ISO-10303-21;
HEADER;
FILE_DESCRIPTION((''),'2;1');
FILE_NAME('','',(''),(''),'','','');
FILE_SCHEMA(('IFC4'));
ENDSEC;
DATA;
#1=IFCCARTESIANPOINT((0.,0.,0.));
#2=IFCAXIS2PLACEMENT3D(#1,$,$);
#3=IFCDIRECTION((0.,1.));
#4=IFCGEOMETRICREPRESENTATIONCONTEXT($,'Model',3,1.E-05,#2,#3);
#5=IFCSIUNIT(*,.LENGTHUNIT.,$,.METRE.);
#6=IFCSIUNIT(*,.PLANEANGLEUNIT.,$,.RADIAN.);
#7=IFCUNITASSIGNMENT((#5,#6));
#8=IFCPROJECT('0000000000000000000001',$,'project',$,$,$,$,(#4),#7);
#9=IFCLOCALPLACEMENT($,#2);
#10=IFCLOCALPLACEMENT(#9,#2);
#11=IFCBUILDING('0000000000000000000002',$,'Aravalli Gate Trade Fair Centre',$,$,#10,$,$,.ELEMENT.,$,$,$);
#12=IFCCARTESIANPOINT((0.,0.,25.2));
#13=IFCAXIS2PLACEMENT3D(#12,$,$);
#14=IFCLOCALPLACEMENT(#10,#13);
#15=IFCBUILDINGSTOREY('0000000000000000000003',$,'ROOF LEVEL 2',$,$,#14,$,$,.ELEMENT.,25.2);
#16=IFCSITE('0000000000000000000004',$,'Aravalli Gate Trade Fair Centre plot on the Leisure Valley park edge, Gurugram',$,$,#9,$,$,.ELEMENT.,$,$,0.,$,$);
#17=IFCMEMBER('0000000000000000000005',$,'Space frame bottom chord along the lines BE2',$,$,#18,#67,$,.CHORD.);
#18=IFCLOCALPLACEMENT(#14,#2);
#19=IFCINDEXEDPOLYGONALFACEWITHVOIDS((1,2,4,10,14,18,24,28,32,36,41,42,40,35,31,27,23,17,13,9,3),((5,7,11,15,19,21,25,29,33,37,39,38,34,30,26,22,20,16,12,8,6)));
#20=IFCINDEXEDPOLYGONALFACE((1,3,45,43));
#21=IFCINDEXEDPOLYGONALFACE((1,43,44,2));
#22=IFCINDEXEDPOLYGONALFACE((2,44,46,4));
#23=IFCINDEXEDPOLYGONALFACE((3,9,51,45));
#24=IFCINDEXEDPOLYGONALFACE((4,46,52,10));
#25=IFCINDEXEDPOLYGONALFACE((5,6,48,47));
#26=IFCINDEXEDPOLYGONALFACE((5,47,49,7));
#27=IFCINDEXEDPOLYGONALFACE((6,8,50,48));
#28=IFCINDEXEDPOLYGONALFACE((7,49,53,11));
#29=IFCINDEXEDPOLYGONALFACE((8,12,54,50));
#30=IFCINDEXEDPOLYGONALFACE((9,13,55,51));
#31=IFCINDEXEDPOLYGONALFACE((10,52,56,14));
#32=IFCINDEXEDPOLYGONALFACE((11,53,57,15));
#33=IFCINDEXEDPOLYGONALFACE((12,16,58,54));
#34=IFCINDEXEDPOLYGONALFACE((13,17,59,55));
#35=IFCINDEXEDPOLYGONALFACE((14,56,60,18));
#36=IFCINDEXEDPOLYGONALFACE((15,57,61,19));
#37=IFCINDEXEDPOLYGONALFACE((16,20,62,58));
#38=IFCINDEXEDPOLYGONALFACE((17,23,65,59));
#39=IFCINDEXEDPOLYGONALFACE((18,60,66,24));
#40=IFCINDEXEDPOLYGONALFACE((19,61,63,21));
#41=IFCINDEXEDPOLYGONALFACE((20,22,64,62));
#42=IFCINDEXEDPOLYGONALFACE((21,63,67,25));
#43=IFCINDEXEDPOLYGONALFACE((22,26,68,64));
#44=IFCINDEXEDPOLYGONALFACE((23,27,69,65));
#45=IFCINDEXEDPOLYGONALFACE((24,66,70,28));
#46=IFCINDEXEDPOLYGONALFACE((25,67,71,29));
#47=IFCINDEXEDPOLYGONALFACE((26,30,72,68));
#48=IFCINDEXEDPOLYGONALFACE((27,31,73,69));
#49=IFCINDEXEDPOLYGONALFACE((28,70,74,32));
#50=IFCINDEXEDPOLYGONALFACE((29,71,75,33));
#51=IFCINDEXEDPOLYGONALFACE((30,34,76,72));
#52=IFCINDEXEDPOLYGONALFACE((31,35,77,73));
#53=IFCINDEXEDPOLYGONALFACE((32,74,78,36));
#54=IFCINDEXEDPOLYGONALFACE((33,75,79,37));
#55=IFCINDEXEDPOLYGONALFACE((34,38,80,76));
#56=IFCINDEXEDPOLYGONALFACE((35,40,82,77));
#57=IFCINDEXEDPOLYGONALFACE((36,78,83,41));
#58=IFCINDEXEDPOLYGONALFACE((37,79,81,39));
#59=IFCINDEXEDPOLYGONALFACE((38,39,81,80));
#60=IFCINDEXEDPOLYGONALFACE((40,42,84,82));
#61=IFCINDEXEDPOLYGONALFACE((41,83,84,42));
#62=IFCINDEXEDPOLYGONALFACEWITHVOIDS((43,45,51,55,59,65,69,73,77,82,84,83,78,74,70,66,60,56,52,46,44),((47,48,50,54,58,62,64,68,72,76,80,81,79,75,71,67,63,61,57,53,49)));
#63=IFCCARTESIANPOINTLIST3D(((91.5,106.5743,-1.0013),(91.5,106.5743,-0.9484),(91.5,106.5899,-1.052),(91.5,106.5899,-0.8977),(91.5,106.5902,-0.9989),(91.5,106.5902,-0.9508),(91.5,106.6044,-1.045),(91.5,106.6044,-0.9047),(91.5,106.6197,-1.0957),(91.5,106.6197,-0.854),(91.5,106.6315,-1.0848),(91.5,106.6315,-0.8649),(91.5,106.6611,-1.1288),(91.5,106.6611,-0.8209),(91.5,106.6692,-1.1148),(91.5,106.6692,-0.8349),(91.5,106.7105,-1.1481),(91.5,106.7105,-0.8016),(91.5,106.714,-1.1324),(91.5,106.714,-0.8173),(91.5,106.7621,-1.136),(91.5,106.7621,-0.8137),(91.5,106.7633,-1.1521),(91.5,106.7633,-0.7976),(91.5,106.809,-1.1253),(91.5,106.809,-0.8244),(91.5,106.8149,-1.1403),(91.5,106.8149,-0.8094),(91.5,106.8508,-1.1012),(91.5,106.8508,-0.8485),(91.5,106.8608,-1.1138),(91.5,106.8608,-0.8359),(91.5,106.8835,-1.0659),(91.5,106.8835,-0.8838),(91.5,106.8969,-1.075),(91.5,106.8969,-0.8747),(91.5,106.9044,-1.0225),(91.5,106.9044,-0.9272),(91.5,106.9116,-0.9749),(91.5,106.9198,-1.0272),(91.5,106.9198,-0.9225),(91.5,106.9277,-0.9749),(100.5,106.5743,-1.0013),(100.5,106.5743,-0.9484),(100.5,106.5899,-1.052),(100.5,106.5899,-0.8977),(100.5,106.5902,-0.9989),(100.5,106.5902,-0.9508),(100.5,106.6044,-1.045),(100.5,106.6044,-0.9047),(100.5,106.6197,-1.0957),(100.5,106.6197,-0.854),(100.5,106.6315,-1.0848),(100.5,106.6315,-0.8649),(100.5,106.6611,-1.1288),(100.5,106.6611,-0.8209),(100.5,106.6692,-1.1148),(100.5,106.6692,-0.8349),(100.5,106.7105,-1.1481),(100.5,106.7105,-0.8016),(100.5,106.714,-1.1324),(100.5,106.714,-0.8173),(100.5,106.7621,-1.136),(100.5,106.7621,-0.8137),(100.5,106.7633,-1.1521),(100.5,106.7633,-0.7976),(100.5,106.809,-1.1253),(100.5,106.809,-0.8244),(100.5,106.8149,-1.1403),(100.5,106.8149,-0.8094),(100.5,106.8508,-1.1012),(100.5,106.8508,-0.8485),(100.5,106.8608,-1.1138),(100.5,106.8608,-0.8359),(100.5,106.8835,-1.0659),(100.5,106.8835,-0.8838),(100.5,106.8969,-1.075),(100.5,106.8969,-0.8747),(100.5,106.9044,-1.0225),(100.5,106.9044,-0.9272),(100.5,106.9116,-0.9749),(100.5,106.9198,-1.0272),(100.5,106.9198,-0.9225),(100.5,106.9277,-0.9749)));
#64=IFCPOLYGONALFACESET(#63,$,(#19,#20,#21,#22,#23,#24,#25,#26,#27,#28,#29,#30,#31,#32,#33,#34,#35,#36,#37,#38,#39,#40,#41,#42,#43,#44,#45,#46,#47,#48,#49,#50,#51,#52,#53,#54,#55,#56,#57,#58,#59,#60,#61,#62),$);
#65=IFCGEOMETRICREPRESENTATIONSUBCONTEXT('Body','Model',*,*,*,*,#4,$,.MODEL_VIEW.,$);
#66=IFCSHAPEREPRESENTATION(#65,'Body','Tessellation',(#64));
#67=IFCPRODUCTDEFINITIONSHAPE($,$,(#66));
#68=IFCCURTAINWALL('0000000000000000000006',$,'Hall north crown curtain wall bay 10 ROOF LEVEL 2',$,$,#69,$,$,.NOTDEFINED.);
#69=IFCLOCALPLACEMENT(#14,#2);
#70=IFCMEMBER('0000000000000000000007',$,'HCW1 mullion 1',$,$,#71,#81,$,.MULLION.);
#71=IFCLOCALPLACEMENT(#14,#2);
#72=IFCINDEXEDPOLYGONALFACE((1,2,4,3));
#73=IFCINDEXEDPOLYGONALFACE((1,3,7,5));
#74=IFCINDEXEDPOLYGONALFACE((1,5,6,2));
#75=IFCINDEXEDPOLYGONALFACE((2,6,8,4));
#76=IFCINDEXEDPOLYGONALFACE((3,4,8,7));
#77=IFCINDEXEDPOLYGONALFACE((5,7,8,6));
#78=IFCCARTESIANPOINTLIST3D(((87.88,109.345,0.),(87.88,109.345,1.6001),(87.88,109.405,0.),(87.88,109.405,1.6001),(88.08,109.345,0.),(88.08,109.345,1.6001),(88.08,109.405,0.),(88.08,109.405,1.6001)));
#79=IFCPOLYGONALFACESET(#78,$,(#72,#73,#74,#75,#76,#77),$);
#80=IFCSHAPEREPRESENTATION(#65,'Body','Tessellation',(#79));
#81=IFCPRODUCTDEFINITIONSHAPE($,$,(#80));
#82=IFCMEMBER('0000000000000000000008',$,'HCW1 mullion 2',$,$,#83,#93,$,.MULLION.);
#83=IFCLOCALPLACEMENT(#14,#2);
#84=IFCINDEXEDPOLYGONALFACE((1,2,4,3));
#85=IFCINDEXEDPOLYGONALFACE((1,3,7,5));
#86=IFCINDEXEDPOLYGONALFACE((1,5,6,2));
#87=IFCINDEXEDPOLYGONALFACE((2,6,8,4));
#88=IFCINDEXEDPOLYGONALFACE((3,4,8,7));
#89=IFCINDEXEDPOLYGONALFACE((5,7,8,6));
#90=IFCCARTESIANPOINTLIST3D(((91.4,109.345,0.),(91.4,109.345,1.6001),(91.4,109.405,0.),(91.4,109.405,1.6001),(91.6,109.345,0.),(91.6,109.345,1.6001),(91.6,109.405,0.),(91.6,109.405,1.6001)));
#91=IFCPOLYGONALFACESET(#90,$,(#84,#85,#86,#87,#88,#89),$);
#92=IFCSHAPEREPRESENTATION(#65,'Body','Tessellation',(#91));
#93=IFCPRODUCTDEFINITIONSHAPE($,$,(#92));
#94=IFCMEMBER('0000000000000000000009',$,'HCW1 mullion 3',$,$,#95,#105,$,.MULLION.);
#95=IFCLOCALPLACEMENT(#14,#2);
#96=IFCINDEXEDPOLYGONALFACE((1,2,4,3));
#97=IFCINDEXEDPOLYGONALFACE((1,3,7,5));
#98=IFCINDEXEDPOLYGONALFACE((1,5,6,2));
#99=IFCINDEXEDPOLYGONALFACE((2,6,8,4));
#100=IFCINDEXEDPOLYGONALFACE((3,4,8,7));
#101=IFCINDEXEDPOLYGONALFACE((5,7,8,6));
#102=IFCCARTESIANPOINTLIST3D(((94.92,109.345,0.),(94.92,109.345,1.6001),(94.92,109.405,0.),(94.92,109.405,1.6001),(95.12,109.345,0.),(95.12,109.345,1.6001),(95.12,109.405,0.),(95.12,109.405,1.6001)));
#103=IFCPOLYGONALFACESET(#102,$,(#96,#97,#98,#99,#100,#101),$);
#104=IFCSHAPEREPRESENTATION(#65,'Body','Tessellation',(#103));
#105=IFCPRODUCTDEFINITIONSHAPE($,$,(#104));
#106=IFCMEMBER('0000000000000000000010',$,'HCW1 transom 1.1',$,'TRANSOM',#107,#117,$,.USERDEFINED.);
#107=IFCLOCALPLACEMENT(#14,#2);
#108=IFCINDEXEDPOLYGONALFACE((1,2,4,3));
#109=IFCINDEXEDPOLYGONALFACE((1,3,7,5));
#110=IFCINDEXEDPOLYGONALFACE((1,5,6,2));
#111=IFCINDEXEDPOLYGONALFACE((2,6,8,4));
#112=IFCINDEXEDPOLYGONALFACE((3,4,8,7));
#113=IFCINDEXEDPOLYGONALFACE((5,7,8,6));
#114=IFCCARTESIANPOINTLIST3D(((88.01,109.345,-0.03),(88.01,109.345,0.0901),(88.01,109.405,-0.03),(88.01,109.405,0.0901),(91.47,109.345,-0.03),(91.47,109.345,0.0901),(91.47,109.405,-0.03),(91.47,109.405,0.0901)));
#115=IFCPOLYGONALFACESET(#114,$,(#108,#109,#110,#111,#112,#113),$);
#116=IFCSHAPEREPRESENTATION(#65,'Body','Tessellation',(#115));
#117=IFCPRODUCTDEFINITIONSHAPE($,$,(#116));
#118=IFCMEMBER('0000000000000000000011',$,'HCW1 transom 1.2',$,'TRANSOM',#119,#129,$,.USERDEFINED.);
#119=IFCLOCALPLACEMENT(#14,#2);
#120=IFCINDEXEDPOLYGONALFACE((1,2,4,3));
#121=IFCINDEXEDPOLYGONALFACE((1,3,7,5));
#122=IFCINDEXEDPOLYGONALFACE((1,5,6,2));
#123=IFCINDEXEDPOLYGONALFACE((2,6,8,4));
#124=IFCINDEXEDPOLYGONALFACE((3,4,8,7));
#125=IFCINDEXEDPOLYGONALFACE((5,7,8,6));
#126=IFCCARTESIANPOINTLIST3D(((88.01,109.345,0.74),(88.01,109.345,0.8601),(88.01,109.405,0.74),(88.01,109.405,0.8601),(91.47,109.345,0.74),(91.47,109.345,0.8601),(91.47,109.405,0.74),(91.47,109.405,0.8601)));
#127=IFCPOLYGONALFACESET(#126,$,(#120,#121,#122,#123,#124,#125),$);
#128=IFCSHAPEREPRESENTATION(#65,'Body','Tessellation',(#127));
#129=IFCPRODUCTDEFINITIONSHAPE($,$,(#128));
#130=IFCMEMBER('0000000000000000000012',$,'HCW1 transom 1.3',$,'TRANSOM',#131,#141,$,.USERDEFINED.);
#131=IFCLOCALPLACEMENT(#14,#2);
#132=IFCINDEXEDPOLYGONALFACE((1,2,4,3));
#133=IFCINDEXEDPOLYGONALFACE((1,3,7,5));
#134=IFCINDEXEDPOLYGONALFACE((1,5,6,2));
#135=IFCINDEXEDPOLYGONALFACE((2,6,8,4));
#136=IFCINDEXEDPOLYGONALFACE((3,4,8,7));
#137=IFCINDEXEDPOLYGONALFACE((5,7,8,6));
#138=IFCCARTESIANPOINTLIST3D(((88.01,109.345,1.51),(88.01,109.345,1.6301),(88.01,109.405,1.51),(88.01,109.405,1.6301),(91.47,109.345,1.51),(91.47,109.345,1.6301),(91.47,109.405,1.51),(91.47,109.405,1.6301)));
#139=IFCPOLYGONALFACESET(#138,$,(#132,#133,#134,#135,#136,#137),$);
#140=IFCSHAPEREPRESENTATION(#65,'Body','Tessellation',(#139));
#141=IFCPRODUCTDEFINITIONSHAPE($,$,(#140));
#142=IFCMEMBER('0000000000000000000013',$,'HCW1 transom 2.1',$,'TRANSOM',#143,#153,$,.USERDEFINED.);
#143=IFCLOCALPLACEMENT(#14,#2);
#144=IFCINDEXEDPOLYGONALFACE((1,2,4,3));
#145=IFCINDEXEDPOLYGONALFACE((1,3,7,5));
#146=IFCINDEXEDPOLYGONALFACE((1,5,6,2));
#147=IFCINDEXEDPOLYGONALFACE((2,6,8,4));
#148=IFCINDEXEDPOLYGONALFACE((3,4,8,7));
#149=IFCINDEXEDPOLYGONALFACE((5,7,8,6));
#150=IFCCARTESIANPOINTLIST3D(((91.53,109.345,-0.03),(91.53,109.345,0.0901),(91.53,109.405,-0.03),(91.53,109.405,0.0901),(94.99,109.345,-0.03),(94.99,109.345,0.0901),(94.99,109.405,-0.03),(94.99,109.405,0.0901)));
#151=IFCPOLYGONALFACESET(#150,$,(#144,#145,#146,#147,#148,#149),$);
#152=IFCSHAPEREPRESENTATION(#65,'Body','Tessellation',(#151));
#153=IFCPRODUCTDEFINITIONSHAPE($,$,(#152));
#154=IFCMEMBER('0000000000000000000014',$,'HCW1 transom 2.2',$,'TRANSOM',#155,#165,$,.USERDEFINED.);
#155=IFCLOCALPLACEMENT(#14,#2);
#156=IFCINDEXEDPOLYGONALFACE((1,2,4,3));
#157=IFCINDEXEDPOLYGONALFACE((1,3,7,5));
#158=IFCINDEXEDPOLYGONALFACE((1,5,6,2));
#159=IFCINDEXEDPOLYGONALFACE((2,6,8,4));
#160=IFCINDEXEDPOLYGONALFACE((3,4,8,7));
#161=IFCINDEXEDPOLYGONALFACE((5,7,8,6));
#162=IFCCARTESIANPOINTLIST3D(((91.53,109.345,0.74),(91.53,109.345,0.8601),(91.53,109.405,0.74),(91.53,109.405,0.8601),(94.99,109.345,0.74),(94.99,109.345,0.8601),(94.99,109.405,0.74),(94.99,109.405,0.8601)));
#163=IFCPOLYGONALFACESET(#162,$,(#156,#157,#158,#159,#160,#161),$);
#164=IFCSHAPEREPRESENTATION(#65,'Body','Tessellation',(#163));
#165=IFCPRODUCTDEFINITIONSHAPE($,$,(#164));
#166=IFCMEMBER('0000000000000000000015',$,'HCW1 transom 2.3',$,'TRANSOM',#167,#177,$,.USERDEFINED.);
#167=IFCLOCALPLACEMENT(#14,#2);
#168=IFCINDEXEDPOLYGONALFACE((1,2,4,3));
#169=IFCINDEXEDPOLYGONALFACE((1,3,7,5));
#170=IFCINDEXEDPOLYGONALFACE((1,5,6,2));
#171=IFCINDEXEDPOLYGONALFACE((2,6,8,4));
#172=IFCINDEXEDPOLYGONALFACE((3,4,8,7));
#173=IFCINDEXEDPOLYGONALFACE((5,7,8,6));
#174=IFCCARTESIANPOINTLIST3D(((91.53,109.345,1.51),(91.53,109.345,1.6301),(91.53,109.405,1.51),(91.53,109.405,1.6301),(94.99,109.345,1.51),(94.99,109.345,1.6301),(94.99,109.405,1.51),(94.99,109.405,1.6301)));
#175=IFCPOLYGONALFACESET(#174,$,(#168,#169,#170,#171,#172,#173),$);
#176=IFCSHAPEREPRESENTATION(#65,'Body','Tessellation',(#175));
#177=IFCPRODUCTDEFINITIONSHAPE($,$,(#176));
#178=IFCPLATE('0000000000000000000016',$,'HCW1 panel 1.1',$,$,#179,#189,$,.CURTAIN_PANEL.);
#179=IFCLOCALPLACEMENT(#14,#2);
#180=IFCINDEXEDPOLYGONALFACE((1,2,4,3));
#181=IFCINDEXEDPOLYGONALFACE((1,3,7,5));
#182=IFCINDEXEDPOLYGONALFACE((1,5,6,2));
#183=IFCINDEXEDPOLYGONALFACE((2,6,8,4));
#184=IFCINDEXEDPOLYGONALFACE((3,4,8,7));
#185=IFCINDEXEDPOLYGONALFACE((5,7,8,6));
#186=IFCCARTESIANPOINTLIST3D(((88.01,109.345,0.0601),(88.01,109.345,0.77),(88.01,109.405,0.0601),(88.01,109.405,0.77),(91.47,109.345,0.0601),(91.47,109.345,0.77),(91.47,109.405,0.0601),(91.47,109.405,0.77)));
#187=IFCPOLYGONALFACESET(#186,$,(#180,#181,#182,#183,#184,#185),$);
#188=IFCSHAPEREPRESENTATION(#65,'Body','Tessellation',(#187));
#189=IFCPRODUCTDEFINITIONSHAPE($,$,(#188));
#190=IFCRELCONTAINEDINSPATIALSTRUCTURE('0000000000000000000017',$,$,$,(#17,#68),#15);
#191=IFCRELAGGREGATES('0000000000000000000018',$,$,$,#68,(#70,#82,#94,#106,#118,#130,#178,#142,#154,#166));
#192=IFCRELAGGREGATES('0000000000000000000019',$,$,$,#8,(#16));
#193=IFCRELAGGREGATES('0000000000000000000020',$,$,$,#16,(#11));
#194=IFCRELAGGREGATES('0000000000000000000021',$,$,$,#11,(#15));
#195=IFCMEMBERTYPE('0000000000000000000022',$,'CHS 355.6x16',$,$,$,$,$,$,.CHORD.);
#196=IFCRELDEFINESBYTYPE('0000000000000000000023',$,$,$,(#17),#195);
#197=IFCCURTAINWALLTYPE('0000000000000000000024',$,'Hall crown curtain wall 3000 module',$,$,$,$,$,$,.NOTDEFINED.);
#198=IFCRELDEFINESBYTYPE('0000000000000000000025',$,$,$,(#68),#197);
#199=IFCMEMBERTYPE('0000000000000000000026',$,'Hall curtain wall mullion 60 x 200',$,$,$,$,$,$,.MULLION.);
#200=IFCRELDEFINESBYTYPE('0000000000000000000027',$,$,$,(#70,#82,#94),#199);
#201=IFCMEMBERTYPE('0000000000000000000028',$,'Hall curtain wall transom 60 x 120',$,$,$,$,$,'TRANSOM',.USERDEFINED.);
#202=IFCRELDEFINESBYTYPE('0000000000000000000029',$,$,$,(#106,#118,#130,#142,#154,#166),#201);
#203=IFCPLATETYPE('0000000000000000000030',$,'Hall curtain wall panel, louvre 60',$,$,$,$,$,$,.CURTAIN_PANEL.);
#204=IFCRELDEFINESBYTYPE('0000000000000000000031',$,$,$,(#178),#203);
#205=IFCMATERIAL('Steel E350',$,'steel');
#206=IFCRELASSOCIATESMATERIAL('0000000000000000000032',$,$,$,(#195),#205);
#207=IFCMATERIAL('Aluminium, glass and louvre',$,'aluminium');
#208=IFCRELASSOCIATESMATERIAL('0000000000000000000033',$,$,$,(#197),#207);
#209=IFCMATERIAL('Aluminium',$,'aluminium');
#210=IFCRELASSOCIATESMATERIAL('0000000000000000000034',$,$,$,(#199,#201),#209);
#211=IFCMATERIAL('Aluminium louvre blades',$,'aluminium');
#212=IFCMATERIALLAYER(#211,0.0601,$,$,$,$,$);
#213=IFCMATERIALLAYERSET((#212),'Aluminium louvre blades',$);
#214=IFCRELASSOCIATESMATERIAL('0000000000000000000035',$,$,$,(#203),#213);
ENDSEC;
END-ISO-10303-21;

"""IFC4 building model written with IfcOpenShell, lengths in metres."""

from ifc_helpers import new_model, si_unit, direction, frame, origin, origin_2d, place, context, subcontext, project, spatial, rectangle, hollow_circle, extrude, material, layer, layer_set, material_profile, profile_set, type_object, element, aggregate, save


model = new_model("IFC4")

# Units and contexts
model_context = context("Model", 3, precision=1e-05, world=origin(), true_north=direction((0.0, 1.0)))
body_context = subcontext(model_context, "Body", "Model", "MODEL_VIEW")
ifc_project = project(units=[si_unit("LENGTHUNIT", "METRE"), si_unit("PLANEANGLEUNIT", "RADIAN")], contexts=[model_context])

# Site, building, storey
site_placement = place(None, origin())
site = spatial("IfcSite", under=ifc_project, at=site_placement, Name="Aravalli Gate Trade Fair Centre plot on the Leisure Valley park edge, Gurugram", CompositionType="ELEMENT", RefElevation=0.0)
building_placement = place(site_placement, origin())
building = spatial("IfcBuilding", under=site, at=building_placement, Name="Aravalli Gate Trade Fair Centre", CompositionType="ELEMENT")
storey_placement = place(building_placement, frame((0.0, 0.0, 25.2)))
storey = spatial("IfcBuildingStorey", under=building, at=storey_placement, Name="ROOF LEVEL 2", CompositionType="ELEMENT", Elevation=25.2)

# Member
ifc_material_1 = material(Name="Steel E350", Category="steel")
ifc_material_profile_1 = material_profile(ifc_material_1, hollow_circle(Radius=0.1777, WallThickness=0.0161, at=origin_2d()), Name="CHS 355.6x16")
ifc_profile_set_1 = profile_set([ifc_material_profile_1], Name="Steel E350")
member_type_1 = type_object("IfcMemberType", Name="CHS 355.6x16", PredefinedType="CHORD", material=ifc_profile_set_1)
member_1_placement = place(storey_placement, frame((91.5, 106.75, -0.9749), z_axis=(1.0, 0.0, 0.0), x_axis=(0.0, 1.0, 0.0)))
element("IfcMember", 1, at=member_1_placement, inside=storey, type_object=member_type_1, Name="Space frame bottom chord along the lines BE2", PredefinedType="CHORD", context=body_context, shape_type="SweptSolid", body=[
    extrude(hollow_circle(Radius=0.1777, WallThickness=0.0161, at=origin_2d()), origin(), (0.0, 0.0, 1.0), 9.0),
])

# Curtain wall, members, plate
ifc_material_2 = material(Name="Aluminium, glass and louvre", Category="aluminium")
curtain_wall_type = type_object("IfcCurtainWallType", Name="Hall crown curtain wall 3000 module", PredefinedType="NOTDEFINED", material=ifc_material_2)
curtain_wall_placement = place(storey_placement, origin())
curtain_wall = element("IfcCurtainWall", 2, at=curtain_wall_placement, inside=storey, type_object=curtain_wall_type, Name="Hall north crown curtain wall bay 10 ROOF LEVEL 2", PredefinedType="NOTDEFINED")
ifc_material_3 = material(Name="Aluminium", Category="aluminium")
ifc_material_profile_2 = material_profile(ifc_material_3, rectangle(XDim=0.0601, YDim=0.2, at=origin_2d()), Name="Hall curtain wall mullion 60 x 200")
ifc_profile_set_2 = profile_set([ifc_material_profile_2], Name="Aluminium")
member_type_2 = type_object("IfcMemberType", Name="Hall curtain wall mullion 60 x 200", PredefinedType="MULLION", material=ifc_profile_set_2)
member_2_placement = place(storey_placement, frame((87.98, 109.375, 0.0), z_axis=(0.0, 0.0, 1.0), x_axis=(0.0, 1.0, 0.0)))
member_2 = element("IfcMember", 3, at=member_2_placement, type_object=member_type_2, Name="HCW1 mullion 1", PredefinedType="MULLION", context=body_context, shape_type="SweptSolid", body=[
    extrude(rectangle(XDim=0.0601, YDim=0.2, at=origin_2d()), origin(), (0.0, 0.0, 1.0), 1.6001),
])
member_3_placement = place(storey_placement, frame((91.5, 109.375, 0.0), z_axis=(0.0, 0.0, 1.0), x_axis=(0.0, 1.0, 0.0)))
member_3 = element("IfcMember", 4, at=member_3_placement, type_object=member_type_2, Name="HCW1 mullion 2", PredefinedType="MULLION", context=body_context, shape_type="SweptSolid", body=[
    extrude(rectangle(XDim=0.0601, YDim=0.2, at=origin_2d()), origin(), (0.0, 0.0, 1.0), 1.6001),
])
member_4_placement = place(storey_placement, frame((95.02, 109.375, 0.0), z_axis=(0.0, 0.0, 1.0), x_axis=(0.0, 1.0, 0.0)))
member_4 = element("IfcMember", 5, at=member_4_placement, type_object=member_type_2, Name="HCW1 mullion 3", PredefinedType="MULLION", context=body_context, shape_type="SweptSolid", body=[
    extrude(rectangle(XDim=0.0601, YDim=0.2, at=origin_2d()), origin(), (0.0, 0.0, 1.0), 1.6001),
])
ifc_material_profile_3 = material_profile(ifc_material_3, rectangle(XDim=0.0601, YDim=0.1201, at=origin_2d()), Name="Hall curtain wall transom 60 x 120")
ifc_profile_set_3 = profile_set([ifc_material_profile_3], Name="Aluminium")
member_type_3 = type_object("IfcMemberType", Name="Hall curtain wall transom 60 x 120", ElementType="TRANSOM", PredefinedType="USERDEFINED", material=ifc_profile_set_3)
member_5_placement = place(storey_placement, frame((88.01, 109.375, 0.03), z_axis=(1.0, 0.0, 0.0), x_axis=(0.0, 1.0, 0.0)))
member_5 = element("IfcMember", 6, at=member_5_placement, type_object=member_type_3, Name="HCW1 transom 1.1", ObjectType="TRANSOM", PredefinedType="USERDEFINED", context=body_context, shape_type="SweptSolid", body=[
    extrude(rectangle(XDim=0.0601, YDim=0.1201, at=origin_2d()), origin(), (0.0, 0.0, 1.0), 3.46),
])
member_6_placement = place(storey_placement, frame((88.01, 109.375, 0.8), z_axis=(1.0, 0.0, 0.0), x_axis=(0.0, 1.0, 0.0)))
member_6 = element("IfcMember", 7, at=member_6_placement, type_object=member_type_3, Name="HCW1 transom 1.2", ObjectType="TRANSOM", PredefinedType="USERDEFINED", context=body_context, shape_type="SweptSolid", body=[
    extrude(rectangle(XDim=0.0601, YDim=0.1201, at=origin_2d()), origin(), (0.0, 0.0, 1.0), 3.46),
])
member_7_placement = place(storey_placement, frame((88.01, 109.375, 1.5701), z_axis=(1.0, 0.0, 0.0), x_axis=(0.0, 1.0, 0.0)))
member_7 = element("IfcMember", 8, at=member_7_placement, type_object=member_type_3, Name="HCW1 transom 1.3", ObjectType="TRANSOM", PredefinedType="USERDEFINED", context=body_context, shape_type="SweptSolid", body=[
    extrude(rectangle(XDim=0.0601, YDim=0.1201, at=origin_2d()), origin(), (0.0, 0.0, 1.0), 3.46),
])
member_8_placement = place(storey_placement, frame((91.53, 109.375, 0.03), z_axis=(1.0, 0.0, 0.0), x_axis=(0.0, 1.0, 0.0)))
member_8 = element("IfcMember", 9, at=member_8_placement, type_object=member_type_3, Name="HCW1 transom 2.1", ObjectType="TRANSOM", PredefinedType="USERDEFINED", context=body_context, shape_type="SweptSolid", body=[
    extrude(rectangle(XDim=0.0601, YDim=0.1201, at=origin_2d()), origin(), (0.0, 0.0, 1.0), 3.46),
])
member_9_placement = place(storey_placement, frame((91.53, 109.375, 0.8), z_axis=(1.0, 0.0, 0.0), x_axis=(0.0, 1.0, 0.0)))
member_9 = element("IfcMember", 10, at=member_9_placement, type_object=member_type_3, Name="HCW1 transom 2.2", ObjectType="TRANSOM", PredefinedType="USERDEFINED", context=body_context, shape_type="SweptSolid", body=[
    extrude(rectangle(XDim=0.0601, YDim=0.1201, at=origin_2d()), origin(), (0.0, 0.0, 1.0), 3.46),
])
member_10_placement = place(storey_placement, frame((91.53, 109.375, 1.5701), z_axis=(1.0, 0.0, 0.0), x_axis=(0.0, 1.0, 0.0)))
member_10 = element("IfcMember", 11, at=member_10_placement, type_object=member_type_3, Name="HCW1 transom 2.3", ObjectType="TRANSOM", PredefinedType="USERDEFINED", context=body_context, shape_type="SweptSolid", body=[
    extrude(rectangle(XDim=0.0601, YDim=0.1201, at=origin_2d()), origin(), (0.0, 0.0, 1.0), 3.46),
])
ifc_material_4 = material(Name="Aluminium louvre blades", Category="aluminium")
ifc_layer_1 = layer(ifc_material_4, 0.0601)
ifc_layer_set_1 = layer_set([ifc_layer_1], Name="Aluminium louvre blades")
plate_type = type_object("IfcPlateType", Name="Hall curtain wall panel, louvre 60", PredefinedType="CURTAIN_PANEL", material=ifc_layer_set_1)
plate_1_placement = place(storey_placement, frame((89.74, 109.375, 0.0601), z_axis=(0.0, 0.0, 1.0), x_axis=(1.0, 0.0, 0.0)))
plate_1 = element("IfcPlate", 12, at=plate_1_placement, type_object=plate_type, Name="HCW1 panel 1.1", PredefinedType="CURTAIN_PANEL", context=body_context, shape_type="SweptSolid", body=[
    extrude(rectangle(XDim=3.46, YDim=0.0601, at=origin_2d()), origin(), (0.0, 0.0, 1.0), 0.71),
])
aggregate(curtain_wall, [member_2, member_3, member_4, member_5, member_6, member_7, plate_1, member_8, member_9, member_10])

save(model, "model.ifc")
